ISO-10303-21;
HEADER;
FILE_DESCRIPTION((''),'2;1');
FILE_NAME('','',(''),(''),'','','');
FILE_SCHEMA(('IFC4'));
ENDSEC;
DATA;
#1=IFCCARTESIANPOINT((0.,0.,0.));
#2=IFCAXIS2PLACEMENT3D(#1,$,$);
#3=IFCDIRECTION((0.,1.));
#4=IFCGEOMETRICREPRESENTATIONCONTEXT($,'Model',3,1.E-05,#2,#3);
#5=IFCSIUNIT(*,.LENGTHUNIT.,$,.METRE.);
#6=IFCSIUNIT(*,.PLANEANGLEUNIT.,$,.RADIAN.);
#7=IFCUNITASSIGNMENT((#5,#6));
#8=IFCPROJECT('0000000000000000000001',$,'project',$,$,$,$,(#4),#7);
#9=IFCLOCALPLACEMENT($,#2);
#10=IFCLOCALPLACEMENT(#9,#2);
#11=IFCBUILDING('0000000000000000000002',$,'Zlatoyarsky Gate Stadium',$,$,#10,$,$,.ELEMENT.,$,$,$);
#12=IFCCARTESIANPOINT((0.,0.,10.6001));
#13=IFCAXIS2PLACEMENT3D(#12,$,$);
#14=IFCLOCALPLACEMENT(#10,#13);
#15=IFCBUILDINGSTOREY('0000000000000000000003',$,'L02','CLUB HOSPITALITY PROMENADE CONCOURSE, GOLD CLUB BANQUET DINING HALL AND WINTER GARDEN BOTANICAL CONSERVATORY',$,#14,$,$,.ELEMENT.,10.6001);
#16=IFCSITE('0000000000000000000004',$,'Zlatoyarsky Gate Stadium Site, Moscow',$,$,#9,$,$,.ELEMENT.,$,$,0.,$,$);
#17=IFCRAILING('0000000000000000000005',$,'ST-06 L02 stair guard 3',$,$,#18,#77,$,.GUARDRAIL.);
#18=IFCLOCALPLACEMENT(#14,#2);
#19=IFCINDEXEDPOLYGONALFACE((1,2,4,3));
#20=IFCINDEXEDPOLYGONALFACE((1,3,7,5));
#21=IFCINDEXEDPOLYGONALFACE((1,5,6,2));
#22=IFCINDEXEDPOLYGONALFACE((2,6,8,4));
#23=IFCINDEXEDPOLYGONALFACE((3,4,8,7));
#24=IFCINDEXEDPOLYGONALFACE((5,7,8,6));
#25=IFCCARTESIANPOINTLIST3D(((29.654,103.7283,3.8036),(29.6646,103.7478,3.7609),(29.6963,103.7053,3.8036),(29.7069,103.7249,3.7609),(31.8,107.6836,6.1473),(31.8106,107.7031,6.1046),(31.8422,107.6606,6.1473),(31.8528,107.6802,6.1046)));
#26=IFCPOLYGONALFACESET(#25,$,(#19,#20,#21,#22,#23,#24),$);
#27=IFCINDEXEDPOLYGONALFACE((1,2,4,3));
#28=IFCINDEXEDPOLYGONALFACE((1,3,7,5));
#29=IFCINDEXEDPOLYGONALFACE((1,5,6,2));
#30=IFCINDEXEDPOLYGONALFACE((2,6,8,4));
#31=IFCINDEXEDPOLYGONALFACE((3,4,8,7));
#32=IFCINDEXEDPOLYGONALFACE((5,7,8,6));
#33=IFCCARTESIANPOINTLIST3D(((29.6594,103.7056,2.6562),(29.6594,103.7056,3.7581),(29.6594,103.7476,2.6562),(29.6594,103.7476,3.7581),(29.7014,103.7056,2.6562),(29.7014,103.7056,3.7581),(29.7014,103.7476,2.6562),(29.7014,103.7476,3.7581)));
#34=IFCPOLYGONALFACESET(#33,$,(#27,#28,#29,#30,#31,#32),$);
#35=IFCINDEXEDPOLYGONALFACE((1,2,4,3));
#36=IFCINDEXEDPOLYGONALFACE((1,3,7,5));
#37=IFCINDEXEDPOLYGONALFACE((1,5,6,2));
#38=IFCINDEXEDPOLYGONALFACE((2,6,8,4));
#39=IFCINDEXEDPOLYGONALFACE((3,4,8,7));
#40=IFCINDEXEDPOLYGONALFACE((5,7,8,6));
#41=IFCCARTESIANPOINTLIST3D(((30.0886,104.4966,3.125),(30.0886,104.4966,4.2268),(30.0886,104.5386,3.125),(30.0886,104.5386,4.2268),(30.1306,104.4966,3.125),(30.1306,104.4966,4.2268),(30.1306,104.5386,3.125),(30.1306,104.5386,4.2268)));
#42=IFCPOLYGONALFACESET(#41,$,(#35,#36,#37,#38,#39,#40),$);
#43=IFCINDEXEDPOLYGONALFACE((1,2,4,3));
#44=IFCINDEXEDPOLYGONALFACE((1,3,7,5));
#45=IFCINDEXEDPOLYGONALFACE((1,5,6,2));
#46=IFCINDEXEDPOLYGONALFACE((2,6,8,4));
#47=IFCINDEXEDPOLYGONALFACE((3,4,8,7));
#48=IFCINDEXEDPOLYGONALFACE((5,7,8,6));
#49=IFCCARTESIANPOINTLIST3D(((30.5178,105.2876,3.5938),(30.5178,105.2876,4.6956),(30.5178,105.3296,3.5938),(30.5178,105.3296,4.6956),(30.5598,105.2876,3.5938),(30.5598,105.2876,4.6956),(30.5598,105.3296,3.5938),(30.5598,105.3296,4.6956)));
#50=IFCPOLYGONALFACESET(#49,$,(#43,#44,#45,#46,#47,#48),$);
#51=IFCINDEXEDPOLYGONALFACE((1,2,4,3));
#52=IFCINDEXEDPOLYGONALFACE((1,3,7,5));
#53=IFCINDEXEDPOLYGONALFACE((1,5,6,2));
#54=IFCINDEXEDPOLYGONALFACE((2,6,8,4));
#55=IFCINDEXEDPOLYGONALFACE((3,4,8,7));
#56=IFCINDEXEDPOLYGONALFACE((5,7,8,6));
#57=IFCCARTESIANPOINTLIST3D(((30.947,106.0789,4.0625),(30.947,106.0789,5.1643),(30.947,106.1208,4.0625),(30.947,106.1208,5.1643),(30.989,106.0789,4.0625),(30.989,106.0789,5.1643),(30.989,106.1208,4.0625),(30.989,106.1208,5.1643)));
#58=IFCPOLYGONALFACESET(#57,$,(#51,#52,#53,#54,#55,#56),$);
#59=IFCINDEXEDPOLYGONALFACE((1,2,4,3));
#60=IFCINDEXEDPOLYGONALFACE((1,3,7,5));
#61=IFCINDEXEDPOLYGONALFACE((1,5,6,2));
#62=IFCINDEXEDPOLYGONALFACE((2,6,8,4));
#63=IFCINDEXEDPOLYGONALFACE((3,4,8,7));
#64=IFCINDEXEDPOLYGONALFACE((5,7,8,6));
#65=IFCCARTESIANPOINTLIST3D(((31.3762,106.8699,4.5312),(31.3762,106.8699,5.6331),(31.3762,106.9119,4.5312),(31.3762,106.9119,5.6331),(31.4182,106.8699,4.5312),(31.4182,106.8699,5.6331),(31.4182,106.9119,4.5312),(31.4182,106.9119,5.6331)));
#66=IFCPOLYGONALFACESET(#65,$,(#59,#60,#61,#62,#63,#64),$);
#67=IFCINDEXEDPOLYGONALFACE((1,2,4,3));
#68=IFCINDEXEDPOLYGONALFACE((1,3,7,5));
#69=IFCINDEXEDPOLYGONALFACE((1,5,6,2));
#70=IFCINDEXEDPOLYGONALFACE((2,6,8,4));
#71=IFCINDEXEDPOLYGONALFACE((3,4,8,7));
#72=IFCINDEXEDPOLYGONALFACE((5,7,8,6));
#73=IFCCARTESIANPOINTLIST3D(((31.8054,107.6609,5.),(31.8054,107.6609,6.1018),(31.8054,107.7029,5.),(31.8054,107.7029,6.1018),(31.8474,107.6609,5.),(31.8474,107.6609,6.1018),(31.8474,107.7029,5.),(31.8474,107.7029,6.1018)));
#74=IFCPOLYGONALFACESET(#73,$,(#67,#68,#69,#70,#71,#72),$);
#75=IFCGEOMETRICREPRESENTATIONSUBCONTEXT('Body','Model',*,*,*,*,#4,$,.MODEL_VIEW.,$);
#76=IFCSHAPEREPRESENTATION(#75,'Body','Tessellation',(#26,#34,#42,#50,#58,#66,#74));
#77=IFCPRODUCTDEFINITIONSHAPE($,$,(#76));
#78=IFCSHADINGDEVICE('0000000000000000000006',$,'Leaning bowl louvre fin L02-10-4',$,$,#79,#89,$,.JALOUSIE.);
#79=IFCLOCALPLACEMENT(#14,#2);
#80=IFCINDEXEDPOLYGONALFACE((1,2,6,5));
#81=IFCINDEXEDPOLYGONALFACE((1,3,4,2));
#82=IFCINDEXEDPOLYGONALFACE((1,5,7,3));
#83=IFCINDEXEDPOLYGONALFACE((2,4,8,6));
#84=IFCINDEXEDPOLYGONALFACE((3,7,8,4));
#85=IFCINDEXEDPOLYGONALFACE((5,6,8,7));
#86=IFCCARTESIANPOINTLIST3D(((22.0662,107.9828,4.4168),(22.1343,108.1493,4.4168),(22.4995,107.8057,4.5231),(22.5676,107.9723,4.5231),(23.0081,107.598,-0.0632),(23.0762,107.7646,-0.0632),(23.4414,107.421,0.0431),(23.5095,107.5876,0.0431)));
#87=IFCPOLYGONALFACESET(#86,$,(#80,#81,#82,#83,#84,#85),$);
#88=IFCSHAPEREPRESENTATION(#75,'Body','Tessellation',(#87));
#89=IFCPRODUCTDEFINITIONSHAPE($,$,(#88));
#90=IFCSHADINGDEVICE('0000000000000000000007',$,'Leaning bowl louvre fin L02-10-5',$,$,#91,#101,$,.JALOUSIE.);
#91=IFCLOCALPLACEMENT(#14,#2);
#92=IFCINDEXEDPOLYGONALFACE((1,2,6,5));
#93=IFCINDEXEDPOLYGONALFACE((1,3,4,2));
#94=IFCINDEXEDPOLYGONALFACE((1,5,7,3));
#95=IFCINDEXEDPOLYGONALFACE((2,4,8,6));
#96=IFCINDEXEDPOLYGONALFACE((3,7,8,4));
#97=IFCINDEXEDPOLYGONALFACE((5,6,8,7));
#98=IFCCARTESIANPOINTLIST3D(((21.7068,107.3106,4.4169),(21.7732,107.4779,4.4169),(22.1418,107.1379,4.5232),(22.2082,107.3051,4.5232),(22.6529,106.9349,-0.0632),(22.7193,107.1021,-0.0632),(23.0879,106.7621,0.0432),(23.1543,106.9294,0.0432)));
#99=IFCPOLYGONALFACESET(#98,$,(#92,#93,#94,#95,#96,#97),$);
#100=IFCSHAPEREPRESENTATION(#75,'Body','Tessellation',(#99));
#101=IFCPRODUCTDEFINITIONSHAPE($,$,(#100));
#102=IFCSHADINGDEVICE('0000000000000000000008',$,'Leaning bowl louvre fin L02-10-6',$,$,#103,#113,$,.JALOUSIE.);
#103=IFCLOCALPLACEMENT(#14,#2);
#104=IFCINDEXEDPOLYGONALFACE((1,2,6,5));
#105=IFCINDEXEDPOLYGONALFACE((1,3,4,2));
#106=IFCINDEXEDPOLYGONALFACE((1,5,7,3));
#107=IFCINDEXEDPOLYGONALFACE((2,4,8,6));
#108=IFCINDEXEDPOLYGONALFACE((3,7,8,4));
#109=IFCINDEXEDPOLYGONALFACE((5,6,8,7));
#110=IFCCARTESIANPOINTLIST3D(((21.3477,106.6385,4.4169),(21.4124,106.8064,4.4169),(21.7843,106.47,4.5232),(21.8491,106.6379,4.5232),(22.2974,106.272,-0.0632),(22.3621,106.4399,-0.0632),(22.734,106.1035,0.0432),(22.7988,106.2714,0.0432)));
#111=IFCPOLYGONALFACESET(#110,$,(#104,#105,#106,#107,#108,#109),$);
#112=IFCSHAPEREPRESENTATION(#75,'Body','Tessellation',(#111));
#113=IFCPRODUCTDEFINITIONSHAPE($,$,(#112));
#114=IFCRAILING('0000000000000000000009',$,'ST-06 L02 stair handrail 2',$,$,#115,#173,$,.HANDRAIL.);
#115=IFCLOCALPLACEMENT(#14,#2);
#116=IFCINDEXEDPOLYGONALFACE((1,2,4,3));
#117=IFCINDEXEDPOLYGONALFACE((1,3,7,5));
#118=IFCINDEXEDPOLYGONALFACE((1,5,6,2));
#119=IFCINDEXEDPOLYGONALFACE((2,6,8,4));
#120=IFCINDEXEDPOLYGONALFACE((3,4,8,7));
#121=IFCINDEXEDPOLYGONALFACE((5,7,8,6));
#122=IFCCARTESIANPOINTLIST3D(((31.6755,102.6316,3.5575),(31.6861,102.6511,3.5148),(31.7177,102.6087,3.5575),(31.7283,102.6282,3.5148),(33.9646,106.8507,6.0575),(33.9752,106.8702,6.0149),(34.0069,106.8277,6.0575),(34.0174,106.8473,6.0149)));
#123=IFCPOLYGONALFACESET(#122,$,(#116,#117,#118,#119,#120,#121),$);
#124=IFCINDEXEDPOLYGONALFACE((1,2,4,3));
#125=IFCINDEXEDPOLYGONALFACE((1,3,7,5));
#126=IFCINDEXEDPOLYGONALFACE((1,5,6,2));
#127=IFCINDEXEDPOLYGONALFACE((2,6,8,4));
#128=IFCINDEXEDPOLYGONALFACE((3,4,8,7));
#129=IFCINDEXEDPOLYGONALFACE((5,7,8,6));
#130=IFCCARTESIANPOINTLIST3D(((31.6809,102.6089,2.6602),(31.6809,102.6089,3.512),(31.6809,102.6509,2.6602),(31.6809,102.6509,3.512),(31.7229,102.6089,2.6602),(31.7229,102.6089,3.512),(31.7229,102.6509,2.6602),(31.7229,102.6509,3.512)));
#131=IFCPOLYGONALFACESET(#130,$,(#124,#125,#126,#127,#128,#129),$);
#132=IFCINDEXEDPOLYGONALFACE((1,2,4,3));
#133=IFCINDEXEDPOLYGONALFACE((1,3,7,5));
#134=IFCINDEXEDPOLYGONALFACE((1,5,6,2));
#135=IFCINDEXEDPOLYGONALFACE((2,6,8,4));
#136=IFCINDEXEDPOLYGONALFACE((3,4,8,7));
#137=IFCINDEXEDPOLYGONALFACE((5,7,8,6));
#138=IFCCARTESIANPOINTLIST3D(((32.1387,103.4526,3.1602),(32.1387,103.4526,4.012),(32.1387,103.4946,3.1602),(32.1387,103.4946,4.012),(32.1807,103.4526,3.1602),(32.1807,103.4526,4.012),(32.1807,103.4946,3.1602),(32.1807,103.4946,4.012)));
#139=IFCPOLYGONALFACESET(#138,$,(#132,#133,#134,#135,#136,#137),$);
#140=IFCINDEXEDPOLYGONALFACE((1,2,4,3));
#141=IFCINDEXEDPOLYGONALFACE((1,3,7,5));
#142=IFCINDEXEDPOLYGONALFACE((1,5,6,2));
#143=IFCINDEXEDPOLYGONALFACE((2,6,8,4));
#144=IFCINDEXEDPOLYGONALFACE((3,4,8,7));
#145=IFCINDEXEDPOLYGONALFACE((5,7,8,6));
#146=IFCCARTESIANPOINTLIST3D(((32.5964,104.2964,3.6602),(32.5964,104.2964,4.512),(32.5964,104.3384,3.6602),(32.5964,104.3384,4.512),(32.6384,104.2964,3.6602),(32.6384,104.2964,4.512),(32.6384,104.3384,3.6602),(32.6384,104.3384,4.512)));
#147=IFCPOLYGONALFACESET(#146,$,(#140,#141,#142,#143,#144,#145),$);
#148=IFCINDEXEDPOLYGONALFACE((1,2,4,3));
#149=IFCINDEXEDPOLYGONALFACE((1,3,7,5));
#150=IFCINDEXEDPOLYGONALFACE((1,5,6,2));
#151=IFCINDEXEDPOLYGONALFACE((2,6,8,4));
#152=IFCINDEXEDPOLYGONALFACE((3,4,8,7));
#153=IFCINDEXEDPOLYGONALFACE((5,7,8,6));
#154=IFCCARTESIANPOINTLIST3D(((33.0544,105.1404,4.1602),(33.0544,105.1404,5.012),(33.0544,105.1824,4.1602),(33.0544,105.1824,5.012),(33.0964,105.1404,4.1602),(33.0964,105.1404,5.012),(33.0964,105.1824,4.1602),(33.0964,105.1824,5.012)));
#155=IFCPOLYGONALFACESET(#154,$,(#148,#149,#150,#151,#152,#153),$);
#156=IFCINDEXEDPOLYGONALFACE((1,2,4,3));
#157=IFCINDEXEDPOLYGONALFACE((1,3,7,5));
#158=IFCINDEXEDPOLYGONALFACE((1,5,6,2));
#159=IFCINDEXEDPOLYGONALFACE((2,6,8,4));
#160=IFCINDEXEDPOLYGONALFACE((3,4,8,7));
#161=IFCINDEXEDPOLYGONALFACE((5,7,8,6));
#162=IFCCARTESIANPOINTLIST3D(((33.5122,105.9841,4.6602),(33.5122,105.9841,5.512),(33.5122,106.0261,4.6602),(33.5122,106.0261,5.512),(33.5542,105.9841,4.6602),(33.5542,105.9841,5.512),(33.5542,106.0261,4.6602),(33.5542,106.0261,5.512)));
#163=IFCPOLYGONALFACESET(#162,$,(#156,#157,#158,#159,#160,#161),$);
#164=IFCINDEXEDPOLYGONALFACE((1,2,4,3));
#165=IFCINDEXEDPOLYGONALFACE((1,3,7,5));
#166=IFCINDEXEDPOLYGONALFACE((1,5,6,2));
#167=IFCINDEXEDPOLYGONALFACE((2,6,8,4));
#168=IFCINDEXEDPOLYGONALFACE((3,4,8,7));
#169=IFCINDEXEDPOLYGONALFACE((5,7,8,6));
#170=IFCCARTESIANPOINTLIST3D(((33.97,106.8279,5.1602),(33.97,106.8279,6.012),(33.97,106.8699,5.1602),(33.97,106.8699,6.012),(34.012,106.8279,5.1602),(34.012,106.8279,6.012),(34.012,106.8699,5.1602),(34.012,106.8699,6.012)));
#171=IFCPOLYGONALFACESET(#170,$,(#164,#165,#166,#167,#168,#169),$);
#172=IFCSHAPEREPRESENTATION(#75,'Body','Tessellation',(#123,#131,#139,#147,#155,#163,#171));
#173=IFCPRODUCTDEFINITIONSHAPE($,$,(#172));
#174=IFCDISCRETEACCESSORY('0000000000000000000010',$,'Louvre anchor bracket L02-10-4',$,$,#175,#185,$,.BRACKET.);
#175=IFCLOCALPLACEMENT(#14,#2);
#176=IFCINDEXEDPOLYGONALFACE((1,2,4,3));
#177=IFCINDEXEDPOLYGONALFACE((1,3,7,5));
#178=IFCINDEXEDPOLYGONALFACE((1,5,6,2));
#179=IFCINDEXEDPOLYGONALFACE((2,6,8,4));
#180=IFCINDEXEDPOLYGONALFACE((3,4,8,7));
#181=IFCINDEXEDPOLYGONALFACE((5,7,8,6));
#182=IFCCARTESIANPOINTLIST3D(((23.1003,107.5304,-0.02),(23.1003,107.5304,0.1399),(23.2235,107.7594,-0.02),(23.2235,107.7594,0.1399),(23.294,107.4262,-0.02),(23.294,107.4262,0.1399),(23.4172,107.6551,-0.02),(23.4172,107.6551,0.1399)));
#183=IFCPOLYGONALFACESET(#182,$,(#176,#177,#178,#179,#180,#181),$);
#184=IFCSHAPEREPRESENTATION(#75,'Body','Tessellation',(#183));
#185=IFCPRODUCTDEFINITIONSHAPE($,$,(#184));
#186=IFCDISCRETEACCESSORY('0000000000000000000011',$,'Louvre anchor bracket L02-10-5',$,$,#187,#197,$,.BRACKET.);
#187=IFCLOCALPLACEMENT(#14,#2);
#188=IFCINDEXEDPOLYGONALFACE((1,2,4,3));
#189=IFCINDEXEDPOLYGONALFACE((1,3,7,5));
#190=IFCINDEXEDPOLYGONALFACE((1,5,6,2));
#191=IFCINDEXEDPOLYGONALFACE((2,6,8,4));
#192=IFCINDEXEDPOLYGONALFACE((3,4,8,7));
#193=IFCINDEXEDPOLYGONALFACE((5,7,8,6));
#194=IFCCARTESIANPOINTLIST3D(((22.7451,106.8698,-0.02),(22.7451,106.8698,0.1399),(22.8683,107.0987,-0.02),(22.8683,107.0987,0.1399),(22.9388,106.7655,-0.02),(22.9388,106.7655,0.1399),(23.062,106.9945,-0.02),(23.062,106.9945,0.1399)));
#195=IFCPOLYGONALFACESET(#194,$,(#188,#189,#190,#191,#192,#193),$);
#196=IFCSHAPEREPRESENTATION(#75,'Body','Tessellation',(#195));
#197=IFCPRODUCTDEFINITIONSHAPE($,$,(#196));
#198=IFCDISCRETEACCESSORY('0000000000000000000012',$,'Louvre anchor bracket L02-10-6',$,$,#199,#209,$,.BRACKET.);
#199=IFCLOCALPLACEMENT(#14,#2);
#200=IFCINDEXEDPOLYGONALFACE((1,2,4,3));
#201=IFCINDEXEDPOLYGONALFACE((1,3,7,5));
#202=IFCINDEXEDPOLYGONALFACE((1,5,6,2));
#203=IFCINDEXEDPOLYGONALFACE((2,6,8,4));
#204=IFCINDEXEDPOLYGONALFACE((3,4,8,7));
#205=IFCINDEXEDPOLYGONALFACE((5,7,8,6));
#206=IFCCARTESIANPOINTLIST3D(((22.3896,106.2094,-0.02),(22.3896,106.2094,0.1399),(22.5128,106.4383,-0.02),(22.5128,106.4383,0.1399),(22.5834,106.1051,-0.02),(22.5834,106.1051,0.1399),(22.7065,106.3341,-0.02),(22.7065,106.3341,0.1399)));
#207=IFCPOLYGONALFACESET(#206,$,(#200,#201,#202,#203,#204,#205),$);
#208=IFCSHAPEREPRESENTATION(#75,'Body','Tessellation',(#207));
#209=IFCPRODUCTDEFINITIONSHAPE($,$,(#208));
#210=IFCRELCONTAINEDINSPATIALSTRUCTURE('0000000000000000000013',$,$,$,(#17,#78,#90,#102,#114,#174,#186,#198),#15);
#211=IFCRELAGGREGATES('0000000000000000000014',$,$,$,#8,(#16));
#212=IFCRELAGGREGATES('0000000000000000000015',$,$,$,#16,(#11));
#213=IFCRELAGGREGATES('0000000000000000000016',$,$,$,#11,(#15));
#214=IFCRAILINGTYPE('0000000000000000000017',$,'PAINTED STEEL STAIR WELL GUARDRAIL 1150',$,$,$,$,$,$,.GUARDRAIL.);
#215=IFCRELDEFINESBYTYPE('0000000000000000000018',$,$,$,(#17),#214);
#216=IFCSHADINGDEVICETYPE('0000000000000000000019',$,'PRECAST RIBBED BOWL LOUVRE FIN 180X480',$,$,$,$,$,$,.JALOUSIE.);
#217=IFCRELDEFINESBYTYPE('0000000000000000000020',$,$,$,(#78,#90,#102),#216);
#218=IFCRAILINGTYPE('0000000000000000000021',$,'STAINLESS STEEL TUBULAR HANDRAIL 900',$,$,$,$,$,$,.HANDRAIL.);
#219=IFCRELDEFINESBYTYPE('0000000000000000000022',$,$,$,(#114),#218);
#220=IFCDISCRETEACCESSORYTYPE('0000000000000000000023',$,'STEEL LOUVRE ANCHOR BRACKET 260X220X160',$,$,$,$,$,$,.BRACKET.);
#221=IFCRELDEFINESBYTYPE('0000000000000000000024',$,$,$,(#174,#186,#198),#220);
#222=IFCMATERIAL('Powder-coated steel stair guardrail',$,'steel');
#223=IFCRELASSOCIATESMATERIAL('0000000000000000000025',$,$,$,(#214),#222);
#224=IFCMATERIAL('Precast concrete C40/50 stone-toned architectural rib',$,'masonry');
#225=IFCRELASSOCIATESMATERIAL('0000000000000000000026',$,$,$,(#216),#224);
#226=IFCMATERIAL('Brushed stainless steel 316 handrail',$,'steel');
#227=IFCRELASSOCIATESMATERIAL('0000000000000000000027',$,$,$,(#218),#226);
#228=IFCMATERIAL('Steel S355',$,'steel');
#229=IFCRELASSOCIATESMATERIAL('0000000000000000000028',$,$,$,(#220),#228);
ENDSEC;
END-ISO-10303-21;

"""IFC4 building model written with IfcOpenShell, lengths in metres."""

from ifc_helpers import new_model, si_unit, direction, frame, origin, origin_2d, place, context, subcontext, project, spatial, rectangle, extrude, material, material_profile, profile_set, type_object, element, save


model = new_model("IFC4")

# Units and contexts
model_context = context("Model", 3, precision=1e-05, world=origin(), true_north=direction((0.0, 1.0)))
body_context = subcontext(model_context, "Body", "Model", "MODEL_VIEW")
ifc_project = project(units=[si_unit("LENGTHUNIT", "METRE"), si_unit("PLANEANGLEUNIT", "RADIAN")], contexts=[model_context])

# Site, building, storey
site_placement = place(None, origin())
site = spatial("IfcSite", under=ifc_project, at=site_placement, Name="Zlatoyarsky Gate Stadium Site, Moscow", CompositionType="ELEMENT", RefElevation=0.0)
building_placement = place(site_placement, origin())
building = spatial("IfcBuilding", under=site, at=building_placement, Name="Zlatoyarsky Gate Stadium", CompositionType="ELEMENT")
storey_placement = place(building_placement, frame((0.0, 0.0, 10.6001)))
storey = spatial("IfcBuildingStorey", under=building, at=storey_placement, Name="L02", Description="CLUB HOSPITALITY PROMENADE CONCOURSE, GOLD CLUB BANQUET DINING HALL AND WINTER GARDEN BOTANICAL CONSERVATORY", CompositionType="ELEMENT", Elevation=10.6001)

# Railing
ifc_material_1 = material(Name="Powder-coated steel stair guardrail", Category="steel")
railing_type_1 = type_object("IfcRailingType", Name="PAINTED STEEL STAIR WELL GUARDRAIL 1150", PredefinedType="GUARDRAIL", material=ifc_material_1)
railing_1_placement = place(storey_placement, frame((29.6804, 103.7266, 2.6562)))
element("IfcRailing", 1, at=railing_1_placement, inside=storey, type_object=railing_type_1, Name="ST-06 L02 stair guard 3", PredefinedType="GUARDRAIL", context=body_context, shape_type="SweptSolid", body=[
    extrude(rectangle(XDim=0.0481, YDim=0.0481, at=origin_2d()), frame((0.0, 0.0, 1.126), z_axis=(0.42296, 0.779564, 0.461936), x_axis=(-0.878963, 0.47689, 0.0)), (0.0, 0.0, 1.0), 5.0737),
    extrude(rectangle(XDim=0.042, YDim=0.042, at=origin_2d()), origin(), (0.0, 0.0, 1.0), 1.1018),
    extrude(rectangle(XDim=0.042, YDim=0.042, at=origin_2d()), frame((0.4292, 0.791, 0.4688)), (0.0, 0.0, 1.0), 1.1018),
    extrude(rectangle(XDim=0.042, YDim=0.042, at=origin_2d()), frame((0.8584, 1.582, 0.9375)), (0.0, 0.0, 1.0), 1.1018),
    extrude(rectangle(XDim=0.042, YDim=0.042, at=origin_2d()), frame((1.2876, 2.3733, 1.4062)), (0.0, 0.0, 1.0), 1.1018),
    extrude(rectangle(XDim=0.042, YDim=0.042, at=origin_2d()), frame((1.7168, 3.1643, 1.875)), (0.0, 0.0, 1.0), 1.1018),
    extrude(rectangle(XDim=0.042, YDim=0.042, at=origin_2d()), frame((2.146, 3.9553, 2.3438)), (0.0, 0.0, 1.0), 1.1018),
])

# Shading devices
ifc_material_2 = material(Name="Precast concrete C40/50 stone-toned architectural rib", Category="masonry")
ifc_material_profile_1 = material_profile(ifc_material_2, rectangle(XDim=0.1799, YDim=0.48, at=origin_2d()), Name="RIB 180X480")
ifc_profile_set_1 = profile_set([ifc_material_profile_1], Name="Precast concrete C40/50 stone-toned architectural rib")
shading_device_type = type_object("IfcShadingDeviceType", Name="PRECAST RIBBED BOWL LOUVRE FIN 180X480", PredefinedType="JALOUSIE", material=ifc_profile_set_1)
shading_device_placement = place(storey_placement, frame((23.2588, 107.5928, -0.01), z_axis=(-0.205024, 0.083753, 0.975167), x_axis=(-0.378166, -0.925738, 0.0)))
element("IfcShadingDevice", 2, at=shading_device_placement, inside=storey, type_object=shading_device_type, Name="Leaning bowl louvre fin L02-10-4", PredefinedType="JALOUSIE", context=body_context, shape_type="SweptSolid", body=[
    extrude(rectangle(XDim=0.1799, YDim=0.48, at=origin_2d()), origin(), (0.0, 0.0, 1.0), 4.594),
])
for number, where, z_axis, x_axis, name in (
    (3, (22.9036, 106.9321, -0.01), (-0.205923, 0.081785, 0.975145), (-0.369115, -0.929384, 0.0), "Leaning bowl louvre fin L02-10-5"),
    (4, (22.5481, 106.2717, -0.01), (-0.20672, 0.079765, 0.975143), (-0.359991, -0.932956, 0.0), "Leaning bowl louvre fin L02-10-6"),
):
    element("IfcShadingDevice", number, at=place(storey_placement, frame(where, z_axis=z_axis, x_axis=x_axis)), inside=storey, type_object=shading_device_type, Name=name, PredefinedType="JALOUSIE", context=body_context, shape_type="SweptSolid", body=[
        extrude(rectangle(XDim=0.1799, YDim=0.48, at=origin_2d()), origin(), (0.0, 0.0, 1.0), 4.5942),
    ])

# Railing
ifc_material_3 = material(Name="Brushed stainless steel 316 handrail", Category="steel")
railing_type_2 = type_object("IfcRailingType", Name="STAINLESS STEEL TUBULAR HANDRAIL 900", PredefinedType="HANDRAIL", material=ifc_material_3)
railing_2_placement = place(storey_placement, frame((31.7019, 102.6299, 2.6602)))
element("IfcRailing", 5, at=railing_2_placement, inside=storey, type_object=railing_type_2, Name="ST-06 L02 stair handrail 2", PredefinedType="HANDRAIL", context=body_context, shape_type="SweptSolid", body=[
    extrude(rectangle(XDim=0.0481, YDim=0.0481, at=origin_2d()), frame((0.0, 0.0, 0.876), z_axis=(0.422961, 0.779563, 0.461937), x_axis=(-0.878962, 0.476891, 0.0)), (0.0, 0.0, 1.0), 5.4121),
    extrude(rectangle(XDim=0.042, YDim=0.042, at=origin_2d()), origin(), (0.0, 0.0, 1.0), 0.8518),
    extrude(rectangle(XDim=0.042, YDim=0.042, at=origin_2d()), frame((0.4578, 0.8438, 0.5)), (0.0, 0.0, 1.0), 0.8518),
    extrude(rectangle(XDim=0.042, YDim=0.042, at=origin_2d()), frame((0.9155, 1.6875, 1.0)), (0.0, 0.0, 1.0), 0.8518),
    extrude(rectangle(XDim=0.042, YDim=0.042, at=origin_2d()), frame((1.3735, 2.5315, 1.5)), (0.0, 0.0, 1.0), 0.8518),
    extrude(rectangle(XDim=0.042, YDim=0.042, at=origin_2d()), frame((1.8313, 3.3752, 2.0)), (0.0, 0.0, 1.0), 0.8518),
    extrude(rectangle(XDim=0.042, YDim=0.042, at=origin_2d()), frame((2.2891, 4.219, 2.5)), (0.0, 0.0, 1.0), 0.8518),
])

# Discrete accessories
ifc_material_4 = material(Name="Steel S355", Category="steel")
discrete_accessory_type = type_object("IfcDiscreteAccessoryType", Name="STEEL LOUVRE ANCHOR BRACKET 260X220X160", PredefinedType="BRACKET", material=ifc_material_4)
for number, where, z_axis, x_axis, name in (
    (6, (23.2588, 107.5928, -0.02), (0.0, 0.0, 1.0), (-0.473806, -0.880629, 0.0), "Louvre anchor bracket L02-10-4"),
    (7, (22.9036, 106.9321, -0.02), (0.0, 0.0, 1.0), (-0.473806, -0.880629, 0.0), "Louvre anchor bracket L02-10-5"),
    (8, (22.5481, 106.2717, -0.02), (0.0, 0.0, 1.0), (-0.473806, -0.880629, 0.0), "Louvre anchor bracket L02-10-6"),
):
    element("IfcDiscreteAccessory", number, at=place(storey_placement, frame(where, z_axis=z_axis, x_axis=x_axis)), inside=storey, type_object=discrete_accessory_type, Name=name, PredefinedType="BRACKET", context=body_context, shape_type="SweptSolid", body=[
        extrude(rectangle(XDim=0.26, YDim=0.22, at=origin_2d()), origin(), (0.0, 0.0, 1.0), 0.1599),
    ])

save(model, "model.ifc")
